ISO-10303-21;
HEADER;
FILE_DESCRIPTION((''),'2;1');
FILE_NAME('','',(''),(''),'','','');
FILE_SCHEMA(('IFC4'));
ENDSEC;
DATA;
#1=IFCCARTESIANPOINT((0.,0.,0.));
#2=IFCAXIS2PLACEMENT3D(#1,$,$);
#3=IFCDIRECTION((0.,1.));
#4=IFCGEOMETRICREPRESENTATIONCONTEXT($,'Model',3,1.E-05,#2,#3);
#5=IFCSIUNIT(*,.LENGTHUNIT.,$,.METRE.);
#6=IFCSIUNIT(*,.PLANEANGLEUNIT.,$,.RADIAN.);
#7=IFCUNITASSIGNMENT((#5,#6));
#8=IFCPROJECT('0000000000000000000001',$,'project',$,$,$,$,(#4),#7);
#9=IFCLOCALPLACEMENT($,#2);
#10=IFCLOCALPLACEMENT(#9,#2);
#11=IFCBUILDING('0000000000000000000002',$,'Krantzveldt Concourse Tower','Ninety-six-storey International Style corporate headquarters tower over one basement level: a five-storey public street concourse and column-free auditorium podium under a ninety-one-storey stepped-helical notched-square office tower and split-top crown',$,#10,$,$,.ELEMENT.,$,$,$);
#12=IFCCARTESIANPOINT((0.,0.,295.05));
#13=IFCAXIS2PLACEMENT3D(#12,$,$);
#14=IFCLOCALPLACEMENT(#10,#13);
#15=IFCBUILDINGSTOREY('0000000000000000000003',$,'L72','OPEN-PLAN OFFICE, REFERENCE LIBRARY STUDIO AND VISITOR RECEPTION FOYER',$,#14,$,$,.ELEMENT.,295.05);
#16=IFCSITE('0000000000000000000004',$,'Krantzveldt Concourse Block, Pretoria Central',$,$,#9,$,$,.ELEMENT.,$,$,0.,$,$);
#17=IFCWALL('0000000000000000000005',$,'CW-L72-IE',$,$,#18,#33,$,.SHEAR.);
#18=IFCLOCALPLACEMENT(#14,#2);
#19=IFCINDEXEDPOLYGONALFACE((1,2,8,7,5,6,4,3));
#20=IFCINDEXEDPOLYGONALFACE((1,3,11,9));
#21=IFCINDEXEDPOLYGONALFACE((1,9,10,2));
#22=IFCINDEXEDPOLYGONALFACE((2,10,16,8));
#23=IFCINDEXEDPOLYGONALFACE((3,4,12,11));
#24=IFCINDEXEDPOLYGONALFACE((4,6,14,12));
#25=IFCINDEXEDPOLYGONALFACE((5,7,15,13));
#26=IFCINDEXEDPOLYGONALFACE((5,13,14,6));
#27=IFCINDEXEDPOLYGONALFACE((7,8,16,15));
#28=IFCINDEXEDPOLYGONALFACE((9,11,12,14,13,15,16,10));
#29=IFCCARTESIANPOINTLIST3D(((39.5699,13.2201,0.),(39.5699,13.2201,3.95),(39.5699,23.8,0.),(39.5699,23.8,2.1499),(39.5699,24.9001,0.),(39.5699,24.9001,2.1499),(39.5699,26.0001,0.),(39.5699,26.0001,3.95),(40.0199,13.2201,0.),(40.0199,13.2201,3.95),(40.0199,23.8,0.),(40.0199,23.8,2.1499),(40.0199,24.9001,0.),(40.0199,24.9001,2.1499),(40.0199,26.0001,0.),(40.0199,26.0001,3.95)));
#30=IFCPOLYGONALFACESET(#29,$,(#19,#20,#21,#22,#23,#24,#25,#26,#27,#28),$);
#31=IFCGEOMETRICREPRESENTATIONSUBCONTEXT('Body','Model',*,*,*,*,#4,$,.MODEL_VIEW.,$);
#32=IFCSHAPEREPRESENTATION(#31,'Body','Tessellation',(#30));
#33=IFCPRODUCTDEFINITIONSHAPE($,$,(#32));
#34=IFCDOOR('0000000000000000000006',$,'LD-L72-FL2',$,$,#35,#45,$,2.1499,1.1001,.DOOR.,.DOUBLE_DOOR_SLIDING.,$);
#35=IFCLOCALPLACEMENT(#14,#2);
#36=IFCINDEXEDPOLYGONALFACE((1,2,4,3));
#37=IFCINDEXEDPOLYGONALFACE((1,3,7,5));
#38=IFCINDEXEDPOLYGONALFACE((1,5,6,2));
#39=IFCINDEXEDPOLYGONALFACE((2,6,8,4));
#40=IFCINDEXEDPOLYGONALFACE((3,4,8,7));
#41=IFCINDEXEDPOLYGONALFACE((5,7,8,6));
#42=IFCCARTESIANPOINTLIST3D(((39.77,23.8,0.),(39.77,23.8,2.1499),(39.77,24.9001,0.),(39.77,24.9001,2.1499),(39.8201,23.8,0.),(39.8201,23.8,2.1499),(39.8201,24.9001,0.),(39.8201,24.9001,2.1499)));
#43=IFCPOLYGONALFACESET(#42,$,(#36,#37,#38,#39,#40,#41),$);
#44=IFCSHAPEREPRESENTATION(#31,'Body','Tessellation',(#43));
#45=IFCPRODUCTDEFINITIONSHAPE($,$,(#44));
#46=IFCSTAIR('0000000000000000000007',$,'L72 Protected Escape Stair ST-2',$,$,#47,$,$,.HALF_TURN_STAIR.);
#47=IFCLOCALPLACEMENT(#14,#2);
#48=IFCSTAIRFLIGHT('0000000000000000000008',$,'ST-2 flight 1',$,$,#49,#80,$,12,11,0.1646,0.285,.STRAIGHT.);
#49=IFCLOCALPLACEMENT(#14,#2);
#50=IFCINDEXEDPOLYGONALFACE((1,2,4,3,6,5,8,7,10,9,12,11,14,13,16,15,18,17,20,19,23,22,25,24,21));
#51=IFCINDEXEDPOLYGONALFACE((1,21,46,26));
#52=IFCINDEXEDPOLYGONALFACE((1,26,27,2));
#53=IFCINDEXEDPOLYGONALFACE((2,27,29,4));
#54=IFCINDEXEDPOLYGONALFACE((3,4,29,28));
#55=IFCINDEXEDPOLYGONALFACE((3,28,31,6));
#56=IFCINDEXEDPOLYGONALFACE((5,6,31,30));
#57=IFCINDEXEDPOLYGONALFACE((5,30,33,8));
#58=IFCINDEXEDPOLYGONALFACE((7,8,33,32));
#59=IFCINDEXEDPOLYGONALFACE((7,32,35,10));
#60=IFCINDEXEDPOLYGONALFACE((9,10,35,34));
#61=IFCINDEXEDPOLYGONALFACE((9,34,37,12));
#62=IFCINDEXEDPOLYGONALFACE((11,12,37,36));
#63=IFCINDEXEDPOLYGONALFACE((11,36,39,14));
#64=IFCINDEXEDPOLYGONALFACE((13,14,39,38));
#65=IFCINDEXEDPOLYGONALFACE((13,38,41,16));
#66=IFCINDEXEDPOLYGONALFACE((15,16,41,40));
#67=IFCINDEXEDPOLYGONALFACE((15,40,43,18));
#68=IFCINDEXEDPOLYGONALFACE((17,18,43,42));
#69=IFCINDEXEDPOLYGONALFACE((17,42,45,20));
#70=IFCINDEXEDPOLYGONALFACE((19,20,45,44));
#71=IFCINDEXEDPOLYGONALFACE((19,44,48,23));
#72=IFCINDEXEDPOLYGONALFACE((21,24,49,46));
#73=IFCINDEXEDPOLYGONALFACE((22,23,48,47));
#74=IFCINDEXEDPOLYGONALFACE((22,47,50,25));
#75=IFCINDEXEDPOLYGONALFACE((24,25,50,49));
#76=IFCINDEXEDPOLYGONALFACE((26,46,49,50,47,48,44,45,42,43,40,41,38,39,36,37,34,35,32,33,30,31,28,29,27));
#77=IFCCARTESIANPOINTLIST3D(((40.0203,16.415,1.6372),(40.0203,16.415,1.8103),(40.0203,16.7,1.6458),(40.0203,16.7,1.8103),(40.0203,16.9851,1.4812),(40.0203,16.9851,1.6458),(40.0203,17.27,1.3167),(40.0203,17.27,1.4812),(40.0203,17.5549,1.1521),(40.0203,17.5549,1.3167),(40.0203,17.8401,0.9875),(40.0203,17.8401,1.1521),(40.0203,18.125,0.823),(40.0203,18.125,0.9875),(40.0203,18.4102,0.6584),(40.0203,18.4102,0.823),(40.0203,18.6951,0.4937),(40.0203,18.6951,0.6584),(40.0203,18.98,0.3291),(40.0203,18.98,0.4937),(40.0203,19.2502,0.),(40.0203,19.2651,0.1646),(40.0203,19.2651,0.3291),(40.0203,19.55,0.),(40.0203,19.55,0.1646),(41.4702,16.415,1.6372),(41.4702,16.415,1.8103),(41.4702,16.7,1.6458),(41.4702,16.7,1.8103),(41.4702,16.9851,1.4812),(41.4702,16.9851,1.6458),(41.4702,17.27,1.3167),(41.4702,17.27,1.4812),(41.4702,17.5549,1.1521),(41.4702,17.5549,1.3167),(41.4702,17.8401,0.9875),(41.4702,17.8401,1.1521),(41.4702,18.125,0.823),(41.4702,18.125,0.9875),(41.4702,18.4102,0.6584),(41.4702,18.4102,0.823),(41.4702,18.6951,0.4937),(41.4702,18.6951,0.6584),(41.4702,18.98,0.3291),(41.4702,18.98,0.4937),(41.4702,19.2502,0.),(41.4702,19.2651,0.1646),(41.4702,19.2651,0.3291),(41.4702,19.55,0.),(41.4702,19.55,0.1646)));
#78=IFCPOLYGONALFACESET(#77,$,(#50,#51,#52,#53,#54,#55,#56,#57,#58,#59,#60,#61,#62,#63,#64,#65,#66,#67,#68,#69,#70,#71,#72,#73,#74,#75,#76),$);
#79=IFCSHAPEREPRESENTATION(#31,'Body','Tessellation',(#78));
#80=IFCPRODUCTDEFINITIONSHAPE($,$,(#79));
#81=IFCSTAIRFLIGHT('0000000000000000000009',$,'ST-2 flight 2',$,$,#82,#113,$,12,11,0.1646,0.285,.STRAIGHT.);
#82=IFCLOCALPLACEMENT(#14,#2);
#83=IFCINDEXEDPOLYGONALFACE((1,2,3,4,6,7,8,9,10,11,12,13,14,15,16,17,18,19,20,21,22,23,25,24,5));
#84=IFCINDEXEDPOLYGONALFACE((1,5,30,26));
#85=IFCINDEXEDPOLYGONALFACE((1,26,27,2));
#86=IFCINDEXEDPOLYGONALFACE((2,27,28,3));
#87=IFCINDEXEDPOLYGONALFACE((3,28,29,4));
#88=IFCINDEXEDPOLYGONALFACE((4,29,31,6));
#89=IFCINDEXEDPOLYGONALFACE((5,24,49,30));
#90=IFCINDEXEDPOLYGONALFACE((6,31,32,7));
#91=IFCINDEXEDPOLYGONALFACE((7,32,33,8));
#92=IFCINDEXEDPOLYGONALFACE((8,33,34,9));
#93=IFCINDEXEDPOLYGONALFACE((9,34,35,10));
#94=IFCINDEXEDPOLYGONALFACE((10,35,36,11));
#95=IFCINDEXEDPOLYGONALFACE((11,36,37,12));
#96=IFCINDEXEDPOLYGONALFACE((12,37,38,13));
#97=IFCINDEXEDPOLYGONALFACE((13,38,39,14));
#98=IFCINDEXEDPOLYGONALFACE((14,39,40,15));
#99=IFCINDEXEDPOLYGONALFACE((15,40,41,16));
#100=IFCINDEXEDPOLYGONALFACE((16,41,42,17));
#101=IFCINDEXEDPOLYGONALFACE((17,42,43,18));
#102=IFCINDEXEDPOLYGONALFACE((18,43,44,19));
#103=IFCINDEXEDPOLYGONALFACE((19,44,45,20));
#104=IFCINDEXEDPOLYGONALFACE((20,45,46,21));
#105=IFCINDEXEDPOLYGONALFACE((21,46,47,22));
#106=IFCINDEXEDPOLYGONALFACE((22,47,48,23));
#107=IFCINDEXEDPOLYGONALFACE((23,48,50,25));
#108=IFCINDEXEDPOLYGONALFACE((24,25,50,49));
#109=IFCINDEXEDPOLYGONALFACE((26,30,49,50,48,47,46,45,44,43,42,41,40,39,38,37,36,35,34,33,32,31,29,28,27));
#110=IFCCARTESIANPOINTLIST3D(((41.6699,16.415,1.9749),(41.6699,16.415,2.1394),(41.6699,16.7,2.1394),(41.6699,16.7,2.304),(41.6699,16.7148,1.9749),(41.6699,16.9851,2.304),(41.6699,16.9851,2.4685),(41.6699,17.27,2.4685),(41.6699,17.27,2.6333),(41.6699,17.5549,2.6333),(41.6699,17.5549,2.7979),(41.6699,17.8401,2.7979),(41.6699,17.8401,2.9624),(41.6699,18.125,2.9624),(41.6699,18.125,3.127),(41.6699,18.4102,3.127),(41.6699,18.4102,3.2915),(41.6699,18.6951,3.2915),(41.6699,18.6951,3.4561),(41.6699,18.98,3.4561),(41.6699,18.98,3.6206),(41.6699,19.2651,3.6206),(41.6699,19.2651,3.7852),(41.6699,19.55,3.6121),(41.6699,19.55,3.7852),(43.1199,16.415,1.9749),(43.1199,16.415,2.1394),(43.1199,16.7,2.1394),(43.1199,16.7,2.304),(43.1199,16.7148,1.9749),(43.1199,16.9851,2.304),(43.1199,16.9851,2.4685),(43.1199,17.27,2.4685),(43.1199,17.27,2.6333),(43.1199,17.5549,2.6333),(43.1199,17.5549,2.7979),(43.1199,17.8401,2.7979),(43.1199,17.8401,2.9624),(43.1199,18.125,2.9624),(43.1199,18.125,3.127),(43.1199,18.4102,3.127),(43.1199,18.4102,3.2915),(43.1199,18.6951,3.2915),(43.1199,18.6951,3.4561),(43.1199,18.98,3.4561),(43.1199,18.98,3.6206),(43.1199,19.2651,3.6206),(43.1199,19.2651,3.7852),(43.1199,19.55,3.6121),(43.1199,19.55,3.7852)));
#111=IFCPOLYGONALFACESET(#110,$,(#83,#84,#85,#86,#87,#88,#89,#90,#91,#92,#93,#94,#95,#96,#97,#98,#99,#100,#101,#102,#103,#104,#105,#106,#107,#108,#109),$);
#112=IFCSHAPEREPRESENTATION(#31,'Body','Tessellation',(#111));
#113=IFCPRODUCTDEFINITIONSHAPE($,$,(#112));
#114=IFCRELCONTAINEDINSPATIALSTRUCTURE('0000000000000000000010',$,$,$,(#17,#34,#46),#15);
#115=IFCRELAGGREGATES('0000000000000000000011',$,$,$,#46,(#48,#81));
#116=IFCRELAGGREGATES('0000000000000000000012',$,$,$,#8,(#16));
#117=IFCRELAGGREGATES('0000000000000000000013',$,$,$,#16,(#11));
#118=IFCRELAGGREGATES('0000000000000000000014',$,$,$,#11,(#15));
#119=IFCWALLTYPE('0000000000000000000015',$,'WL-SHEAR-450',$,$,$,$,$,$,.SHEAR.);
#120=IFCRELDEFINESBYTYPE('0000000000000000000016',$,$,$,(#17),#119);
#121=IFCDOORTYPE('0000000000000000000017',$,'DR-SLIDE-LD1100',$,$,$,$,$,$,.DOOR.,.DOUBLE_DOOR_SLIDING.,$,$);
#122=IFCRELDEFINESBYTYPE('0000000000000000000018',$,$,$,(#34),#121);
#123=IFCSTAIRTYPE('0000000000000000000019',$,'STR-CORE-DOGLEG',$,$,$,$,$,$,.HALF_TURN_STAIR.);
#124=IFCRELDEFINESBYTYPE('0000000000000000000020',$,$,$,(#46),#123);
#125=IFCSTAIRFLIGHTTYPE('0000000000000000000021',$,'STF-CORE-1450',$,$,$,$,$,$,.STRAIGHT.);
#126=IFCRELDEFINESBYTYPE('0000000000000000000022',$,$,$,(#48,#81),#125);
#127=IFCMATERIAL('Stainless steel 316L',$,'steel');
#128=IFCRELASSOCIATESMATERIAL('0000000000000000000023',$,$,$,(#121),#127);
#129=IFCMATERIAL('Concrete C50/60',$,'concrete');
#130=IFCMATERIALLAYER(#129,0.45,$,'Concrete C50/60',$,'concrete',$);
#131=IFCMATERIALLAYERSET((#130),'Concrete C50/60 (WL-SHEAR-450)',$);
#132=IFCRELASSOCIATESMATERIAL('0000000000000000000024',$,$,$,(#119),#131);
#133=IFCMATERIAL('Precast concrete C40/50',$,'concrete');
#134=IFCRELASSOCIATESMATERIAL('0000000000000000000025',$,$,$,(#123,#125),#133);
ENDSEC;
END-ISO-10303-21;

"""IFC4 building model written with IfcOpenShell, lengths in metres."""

from ifc_helpers import new_model, si_unit, direction, frame, frame_2d, origin, place, context, subcontext, project, spatial, polyline, rectangle, outline, extrude, material, layer, layer_set, type_object, element, fill, aggregate, save


model = new_model("IFC4")

# Units and contexts
model_context = context("Model", 3, precision=1e-05, world=origin(), true_north=direction((0.0, 1.0)))
body_context = subcontext(model_context, "Body", "Model", "MODEL_VIEW")
ifc_project = project(units=[si_unit("LENGTHUNIT", "METRE"), si_unit("PLANEANGLEUNIT", "RADIAN")], contexts=[model_context])

# Site, building, storey
site_placement = place(None, origin())
site = spatial("IfcSite", under=ifc_project, at=site_placement, Name="Krantzveldt Concourse Block, Pretoria Central", CompositionType="ELEMENT", RefElevation=0.0)
building_placement = place(site_placement, origin())
building = spatial("IfcBuilding", under=site, at=building_placement, Name="Krantzveldt Concourse Tower", Description="Ninety-six-storey International Style corporate headquarters tower over one basement level: a five-storey public street concourse and column-free auditorium podium under a ninety-one-storey stepped-helical notched-square office tower and split-top crown", CompositionType="ELEMENT")
storey_placement = place(building_placement, frame((0.0, 0.0, 295.05)))
storey = spatial("IfcBuildingStorey", under=building, at=storey_placement, Name="L72", Description="OPEN-PLAN OFFICE, REFERENCE LIBRARY STUDIO AND VISITOR RECEPTION FOYER", CompositionType="ELEMENT", Elevation=295.05)

# Shared definitions
ifc_material_1 = material(Name="Stainless steel 316L", Category="steel")
door_type_1 = type_object("IfcDoorType", Name="DR-SLIDE-LD1100", OperationType="DOUBLE_DOOR_SLIDING", PredefinedType="DOOR", material=ifc_material_1)

# Shared definitions
ifc_material_2 = material(Name="Concrete C50/60", Category="concrete")

# Wall, opening, door
ifc_layer_1 = layer(ifc_material_2, 0.45, Name="Concrete C50/60", Category="concrete")
ifc_layer_set_1 = layer_set([ifc_layer_1], Name="Concrete C50/60 (WL-SHEAR-450)")
wall_type_1 = type_object("IfcWallType", Name="WL-SHEAR-450", PredefinedType="SHEAR", material=ifc_layer_set_1)
wall_1_placement = place(storey_placement, frame((39.7949, 13.22, 0.0), z_axis=(0.0, 0.0, 1.0), x_axis=(0.0, 1.0, 0.0)))
wall_1 = element("IfcWall", 1, at=wall_1_placement, inside=storey, type_object=wall_type_1, Name="CW-L72-IE", PredefinedType="SHEAR", context=body_context, shape_type="SweptSolid", body=[
    extrude(rectangle(XDim=12.78, YDim=0.45, at=frame_2d((6.3901, 0.0))), origin(), (0.0, 0.0, 1.0), 3.95),
])
opening_1_placement = place(wall_1_placement, frame((10.5801, 0.0, 0.0)))
opening_1 = element("IfcOpeningElement", 2, at=opening_1_placement, cuts=wall_1, PredefinedType="OPENING", context=body_context, shape_type="SweptSolid", body=[
    extrude(rectangle(XDim=1.1001, YDim=2.1499, at=frame_2d((0.55, 1.075))), frame((0.0, 0.2349, 0.0), z_axis=(0.0, -1.0, 0.0), x_axis=(1.0, 0.0, 0.0)), (0.0, 0.0, 1.0), 0.47),
])
door_1_placement = place(opening_1_placement, origin())
door_1 = element("IfcDoor", 3, at=door_1_placement, inside=storey, type_object=door_type_1, Name="LD-L72-FL2", OperationType="DOUBLE_DOOR_SLIDING", OverallHeight=2.1499, OverallWidth=1.1001, PredefinedType="DOOR", context=body_context, shape_type="SweptSolid", body=[
    extrude(rectangle(XDim=1.1001, YDim=2.1499, at=frame_2d((0.55, 1.075))), frame((0.0, 0.0249, 0.0), z_axis=(0.0, -1.0, 0.0), x_axis=(1.0, 0.0, 0.0)), (0.0, 0.0, 1.0), 0.05),
])
fill(opening_1, door_1)

# Stair, stair flights
ifc_material_3 = material(Name="Precast concrete C40/50", Category="concrete")
stair_type = type_object("IfcStairType", Name="STR-CORE-DOGLEG", PredefinedType="HALF_TURN_STAIR", material=ifc_material_3)
stair_placement = place(storey_placement, origin())
stair = element("IfcStair", 4, at=stair_placement, inside=storey, type_object=stair_type, Name="L72 Protected Escape Stair ST-2", PredefinedType="HALF_TURN_STAIR")
stair_flight_type = type_object("IfcStairFlightType", Name="STF-CORE-1450", PredefinedType="STRAIGHT", material=ifc_material_3)
stair_flight_1_placement = place(storey_placement, frame((40.7451, 19.55, 0.0), z_axis=(0.0, 0.0, 1.0), x_axis=(0.0, -1.0, 0.0)))
stair_flight_1 = element("IfcStairFlight", 5, at=stair_flight_1_placement, type_object=stair_flight_type, Name="ST-2 flight 1", NumberOfRisers=12, NumberOfTreads=11, PredefinedType="STRAIGHT", RiserHeight=0.1646, TreadLength=0.285, context=body_context, shape_type="SweptSolid", body=[
    extrude(outline(polyline([(0.0, 0.0), (0.0, 0.1646), (0.2849, 0.1646), (0.2849, 0.3291), (0.5701, 0.3291), (0.5701, 0.4937), (0.855, 0.4937), (0.855, 0.6584), (1.1399, 0.6584), (1.1399, 0.823), (1.425, 0.823), (1.425, 0.9875), (1.71, 0.9875), (1.71, 1.1521), (1.9951, 1.1521), (1.9951, 1.3167), (2.28, 1.3167), (2.28, 1.4812), (2.5649, 1.4812), (2.5649, 1.6458), (2.8501, 1.6458), (2.8501, 1.8103), (3.135, 1.8103), (3.135, 1.9751), (3.135, 1.6372), (0.2998, 0.0), (0.0, 0.0)])), frame((0.0, 0.7251, 0.0), z_axis=(0.0, -1.0, 0.0), x_axis=(1.0, 0.0, 0.0)), (0.0, 0.0, 1.0), 1.45),
])
stair_flight_2_placement = place(storey_placement, frame((42.395, 16.415, 1.9749), z_axis=(0.0, 0.0, 1.0), x_axis=(0.0, 1.0, 0.0)))
stair_flight_2 = element("IfcStairFlight", 6, at=stair_flight_2_placement, type_object=stair_flight_type, Name="ST-2 flight 2", NumberOfRisers=12, NumberOfTreads=11, PredefinedType="STRAIGHT", RiserHeight=0.1646, TreadLength=0.285, context=body_context, shape_type="SweptSolid", body=[
    extrude(outline(polyline([(0.0, 0.0), (0.0, 0.1646), (0.2849, 0.1646), (0.2849, 0.3291), (0.5701, 0.3291), (0.5701, 0.4937), (0.855, 0.4937), (0.855, 0.6584), (1.1399, 0.6584), (1.1399, 0.823), (1.425, 0.823), (1.425, 0.9875), (1.71, 0.9875), (1.71, 1.1521), (1.9951, 1.1521), (1.9951, 1.3167), (2.28, 1.3167), (2.28, 1.4812), (2.5649, 1.4812), (2.5649, 1.6458), (2.8501, 1.6458), (2.8501, 1.8103), (3.135, 1.8103), (3.135, 1.9751), (3.135, 1.6372), (0.2998, 0.0), (0.0, 0.0)])), frame((0.0, 0.7251, 0.0), z_axis=(0.0, -1.0, 0.0), x_axis=(1.0, 0.0, 0.0)), (0.0, 0.0, 1.0), 1.45),
])
aggregate(stair, [stair_flight_1, stair_flight_2])

save(model, "model.ifc")
